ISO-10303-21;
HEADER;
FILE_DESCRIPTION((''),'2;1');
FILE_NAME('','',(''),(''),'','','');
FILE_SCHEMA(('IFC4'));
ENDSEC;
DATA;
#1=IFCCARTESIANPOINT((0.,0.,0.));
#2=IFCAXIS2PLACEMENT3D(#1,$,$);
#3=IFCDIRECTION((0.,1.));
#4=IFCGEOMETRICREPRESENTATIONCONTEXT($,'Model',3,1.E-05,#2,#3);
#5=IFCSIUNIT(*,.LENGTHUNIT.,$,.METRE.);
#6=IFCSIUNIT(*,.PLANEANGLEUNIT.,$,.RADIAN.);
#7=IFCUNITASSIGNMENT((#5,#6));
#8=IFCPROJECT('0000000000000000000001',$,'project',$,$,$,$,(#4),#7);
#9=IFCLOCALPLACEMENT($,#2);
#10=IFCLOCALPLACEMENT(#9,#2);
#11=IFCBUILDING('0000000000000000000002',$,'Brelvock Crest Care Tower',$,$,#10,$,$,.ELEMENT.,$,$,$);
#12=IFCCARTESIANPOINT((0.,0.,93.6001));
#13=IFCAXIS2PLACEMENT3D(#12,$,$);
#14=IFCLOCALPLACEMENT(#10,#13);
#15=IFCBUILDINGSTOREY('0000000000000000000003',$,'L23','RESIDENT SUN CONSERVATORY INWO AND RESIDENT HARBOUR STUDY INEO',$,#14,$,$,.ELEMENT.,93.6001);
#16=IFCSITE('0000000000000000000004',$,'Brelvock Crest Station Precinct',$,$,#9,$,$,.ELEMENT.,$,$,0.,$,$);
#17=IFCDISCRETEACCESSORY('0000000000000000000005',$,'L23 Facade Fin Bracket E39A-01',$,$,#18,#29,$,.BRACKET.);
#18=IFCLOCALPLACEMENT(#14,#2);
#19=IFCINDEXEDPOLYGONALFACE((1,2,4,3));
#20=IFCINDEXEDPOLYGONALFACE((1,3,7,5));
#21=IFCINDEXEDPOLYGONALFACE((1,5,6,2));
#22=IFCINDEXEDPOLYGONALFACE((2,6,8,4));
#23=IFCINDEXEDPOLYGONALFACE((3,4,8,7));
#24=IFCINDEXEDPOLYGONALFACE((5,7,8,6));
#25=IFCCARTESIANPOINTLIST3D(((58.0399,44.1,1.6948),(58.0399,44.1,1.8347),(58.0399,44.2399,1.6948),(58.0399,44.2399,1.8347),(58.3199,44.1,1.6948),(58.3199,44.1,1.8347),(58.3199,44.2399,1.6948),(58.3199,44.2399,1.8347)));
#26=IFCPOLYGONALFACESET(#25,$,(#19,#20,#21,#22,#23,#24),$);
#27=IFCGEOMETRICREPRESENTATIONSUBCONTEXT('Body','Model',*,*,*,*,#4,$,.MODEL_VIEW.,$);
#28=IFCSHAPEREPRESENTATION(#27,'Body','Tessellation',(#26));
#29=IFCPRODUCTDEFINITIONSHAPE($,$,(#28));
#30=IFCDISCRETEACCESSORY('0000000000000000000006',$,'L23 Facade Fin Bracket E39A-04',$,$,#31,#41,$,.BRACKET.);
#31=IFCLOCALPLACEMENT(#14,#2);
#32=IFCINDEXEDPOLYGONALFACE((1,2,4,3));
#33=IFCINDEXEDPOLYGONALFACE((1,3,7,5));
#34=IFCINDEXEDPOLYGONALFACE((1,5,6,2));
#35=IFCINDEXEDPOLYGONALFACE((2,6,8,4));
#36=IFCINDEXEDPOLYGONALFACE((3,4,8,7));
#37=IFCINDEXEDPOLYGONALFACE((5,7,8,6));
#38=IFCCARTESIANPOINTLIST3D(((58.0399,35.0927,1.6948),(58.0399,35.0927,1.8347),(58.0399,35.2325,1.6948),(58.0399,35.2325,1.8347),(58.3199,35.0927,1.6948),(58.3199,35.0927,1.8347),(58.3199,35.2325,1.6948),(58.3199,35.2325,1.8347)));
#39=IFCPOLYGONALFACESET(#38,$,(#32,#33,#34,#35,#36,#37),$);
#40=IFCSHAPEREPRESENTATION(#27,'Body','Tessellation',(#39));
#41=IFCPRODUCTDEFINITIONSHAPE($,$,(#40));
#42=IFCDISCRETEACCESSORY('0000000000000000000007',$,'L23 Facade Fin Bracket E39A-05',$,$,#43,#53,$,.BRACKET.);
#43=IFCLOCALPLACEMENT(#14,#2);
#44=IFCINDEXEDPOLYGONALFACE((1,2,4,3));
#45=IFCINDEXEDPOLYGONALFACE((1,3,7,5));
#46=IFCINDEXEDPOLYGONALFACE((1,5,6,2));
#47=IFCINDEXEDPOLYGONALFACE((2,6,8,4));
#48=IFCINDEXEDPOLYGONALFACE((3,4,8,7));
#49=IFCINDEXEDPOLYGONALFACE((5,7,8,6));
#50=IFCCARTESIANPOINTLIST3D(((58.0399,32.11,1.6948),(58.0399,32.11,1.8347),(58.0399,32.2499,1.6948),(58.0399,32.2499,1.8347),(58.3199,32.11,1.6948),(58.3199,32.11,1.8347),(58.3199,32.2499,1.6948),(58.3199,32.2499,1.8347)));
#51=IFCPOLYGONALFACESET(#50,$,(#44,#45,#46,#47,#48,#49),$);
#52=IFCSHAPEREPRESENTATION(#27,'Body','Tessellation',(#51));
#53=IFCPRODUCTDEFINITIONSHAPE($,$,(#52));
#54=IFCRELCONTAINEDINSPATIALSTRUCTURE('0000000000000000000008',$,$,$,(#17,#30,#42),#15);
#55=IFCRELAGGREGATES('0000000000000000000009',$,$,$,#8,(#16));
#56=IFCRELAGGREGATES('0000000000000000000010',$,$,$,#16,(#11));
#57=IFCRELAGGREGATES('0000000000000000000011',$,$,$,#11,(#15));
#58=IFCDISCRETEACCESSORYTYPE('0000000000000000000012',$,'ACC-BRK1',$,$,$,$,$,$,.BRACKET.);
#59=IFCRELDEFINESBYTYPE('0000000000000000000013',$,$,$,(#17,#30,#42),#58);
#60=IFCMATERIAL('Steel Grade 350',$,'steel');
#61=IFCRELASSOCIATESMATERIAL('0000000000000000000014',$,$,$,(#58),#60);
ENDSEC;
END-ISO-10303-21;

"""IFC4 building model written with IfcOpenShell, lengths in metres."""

from ifc_helpers import new_model, si_unit, direction, frame, origin, origin_2d, place, context, subcontext, project, spatial, rectangle, extrude, source, transform, mapped, material, type_object, element, save


model = new_model("IFC4")

# Units and contexts
model_context = context("Model", 3, precision=1e-05, world=origin(), true_north=direction((0.0, 1.0)))
body_context = subcontext(model_context, "Body", "Model", "MODEL_VIEW")
ifc_project = project(units=[si_unit("LENGTHUNIT", "METRE"), si_unit("PLANEANGLEUNIT", "RADIAN")], contexts=[model_context])

# Site, building, storey
site_placement = place(None, origin())
site = spatial("IfcSite", under=ifc_project, at=site_placement, Name="Brelvock Crest Station Precinct", CompositionType="ELEMENT", RefElevation=0.0)
building_placement = place(site_placement, origin())
building = spatial("IfcBuilding", under=site, at=building_placement, Name="Brelvock Crest Care Tower", CompositionType="ELEMENT")
storey_placement = place(building_placement, frame((0.0, 0.0, 93.6001)))
storey = spatial("IfcBuildingStorey", under=building, at=storey_placement, Name="L23", Description="RESIDENT SUN CONSERVATORY INWO AND RESIDENT HARBOUR STUDY INEO", CompositionType="ELEMENT", Elevation=93.6001)

# Discrete accessories
ifc_material_1 = material(Name="Steel Grade 350", Category="steel")
discrete_accessory_type = type_object("IfcDiscreteAccessoryType", Name="ACC-BRK1", PredefinedType="BRACKET", material=ifc_material_1)
shared_shape_1 = source(origin(), body_context, "Body", "SweptSolid", [
    extrude(rectangle(XDim=0.28, YDim=0.1399, at=origin_2d()), origin(), (0.0, 0.0, 1.0), 0.1399),
])
for number, where, z_axis, x_axis, name in (
    (1, (58.1799, 44.1699, 1.6948), (0.0, 0.0, 1.0), (1.0, 0.0, 0.0), "L23 Facade Fin Bracket E39A-01"),
    (2, (58.1799, 35.1626, 1.6948), (0.0, 0.0, 1.0), (1.0, 0.0, 0.0), "L23 Facade Fin Bracket E39A-04"),
    (3, (58.1799, 32.1799, 1.6948), (0.0, 0.0, 1.0), (1.0, 0.0, 0.0), "L23 Facade Fin Bracket E39A-05"),
):
    element("IfcDiscreteAccessory", number, at=place(storey_placement, frame(where, z_axis=z_axis, x_axis=x_axis)), inside=storey, type_object=discrete_accessory_type, Name=name, PredefinedType="BRACKET", context=body_context, shape_type="MappedRepresentation", body=[
        mapped(shared_shape_1, transform((0.0, 0.0, 0.0), x_axis=(1.0, 0.0, 0.0), y_axis=(0.0, 1.0, 0.0), z_axis=(0.0, 0.0, 1.0), scale=1.0)),
    ])

save(model, "model.ifc")
